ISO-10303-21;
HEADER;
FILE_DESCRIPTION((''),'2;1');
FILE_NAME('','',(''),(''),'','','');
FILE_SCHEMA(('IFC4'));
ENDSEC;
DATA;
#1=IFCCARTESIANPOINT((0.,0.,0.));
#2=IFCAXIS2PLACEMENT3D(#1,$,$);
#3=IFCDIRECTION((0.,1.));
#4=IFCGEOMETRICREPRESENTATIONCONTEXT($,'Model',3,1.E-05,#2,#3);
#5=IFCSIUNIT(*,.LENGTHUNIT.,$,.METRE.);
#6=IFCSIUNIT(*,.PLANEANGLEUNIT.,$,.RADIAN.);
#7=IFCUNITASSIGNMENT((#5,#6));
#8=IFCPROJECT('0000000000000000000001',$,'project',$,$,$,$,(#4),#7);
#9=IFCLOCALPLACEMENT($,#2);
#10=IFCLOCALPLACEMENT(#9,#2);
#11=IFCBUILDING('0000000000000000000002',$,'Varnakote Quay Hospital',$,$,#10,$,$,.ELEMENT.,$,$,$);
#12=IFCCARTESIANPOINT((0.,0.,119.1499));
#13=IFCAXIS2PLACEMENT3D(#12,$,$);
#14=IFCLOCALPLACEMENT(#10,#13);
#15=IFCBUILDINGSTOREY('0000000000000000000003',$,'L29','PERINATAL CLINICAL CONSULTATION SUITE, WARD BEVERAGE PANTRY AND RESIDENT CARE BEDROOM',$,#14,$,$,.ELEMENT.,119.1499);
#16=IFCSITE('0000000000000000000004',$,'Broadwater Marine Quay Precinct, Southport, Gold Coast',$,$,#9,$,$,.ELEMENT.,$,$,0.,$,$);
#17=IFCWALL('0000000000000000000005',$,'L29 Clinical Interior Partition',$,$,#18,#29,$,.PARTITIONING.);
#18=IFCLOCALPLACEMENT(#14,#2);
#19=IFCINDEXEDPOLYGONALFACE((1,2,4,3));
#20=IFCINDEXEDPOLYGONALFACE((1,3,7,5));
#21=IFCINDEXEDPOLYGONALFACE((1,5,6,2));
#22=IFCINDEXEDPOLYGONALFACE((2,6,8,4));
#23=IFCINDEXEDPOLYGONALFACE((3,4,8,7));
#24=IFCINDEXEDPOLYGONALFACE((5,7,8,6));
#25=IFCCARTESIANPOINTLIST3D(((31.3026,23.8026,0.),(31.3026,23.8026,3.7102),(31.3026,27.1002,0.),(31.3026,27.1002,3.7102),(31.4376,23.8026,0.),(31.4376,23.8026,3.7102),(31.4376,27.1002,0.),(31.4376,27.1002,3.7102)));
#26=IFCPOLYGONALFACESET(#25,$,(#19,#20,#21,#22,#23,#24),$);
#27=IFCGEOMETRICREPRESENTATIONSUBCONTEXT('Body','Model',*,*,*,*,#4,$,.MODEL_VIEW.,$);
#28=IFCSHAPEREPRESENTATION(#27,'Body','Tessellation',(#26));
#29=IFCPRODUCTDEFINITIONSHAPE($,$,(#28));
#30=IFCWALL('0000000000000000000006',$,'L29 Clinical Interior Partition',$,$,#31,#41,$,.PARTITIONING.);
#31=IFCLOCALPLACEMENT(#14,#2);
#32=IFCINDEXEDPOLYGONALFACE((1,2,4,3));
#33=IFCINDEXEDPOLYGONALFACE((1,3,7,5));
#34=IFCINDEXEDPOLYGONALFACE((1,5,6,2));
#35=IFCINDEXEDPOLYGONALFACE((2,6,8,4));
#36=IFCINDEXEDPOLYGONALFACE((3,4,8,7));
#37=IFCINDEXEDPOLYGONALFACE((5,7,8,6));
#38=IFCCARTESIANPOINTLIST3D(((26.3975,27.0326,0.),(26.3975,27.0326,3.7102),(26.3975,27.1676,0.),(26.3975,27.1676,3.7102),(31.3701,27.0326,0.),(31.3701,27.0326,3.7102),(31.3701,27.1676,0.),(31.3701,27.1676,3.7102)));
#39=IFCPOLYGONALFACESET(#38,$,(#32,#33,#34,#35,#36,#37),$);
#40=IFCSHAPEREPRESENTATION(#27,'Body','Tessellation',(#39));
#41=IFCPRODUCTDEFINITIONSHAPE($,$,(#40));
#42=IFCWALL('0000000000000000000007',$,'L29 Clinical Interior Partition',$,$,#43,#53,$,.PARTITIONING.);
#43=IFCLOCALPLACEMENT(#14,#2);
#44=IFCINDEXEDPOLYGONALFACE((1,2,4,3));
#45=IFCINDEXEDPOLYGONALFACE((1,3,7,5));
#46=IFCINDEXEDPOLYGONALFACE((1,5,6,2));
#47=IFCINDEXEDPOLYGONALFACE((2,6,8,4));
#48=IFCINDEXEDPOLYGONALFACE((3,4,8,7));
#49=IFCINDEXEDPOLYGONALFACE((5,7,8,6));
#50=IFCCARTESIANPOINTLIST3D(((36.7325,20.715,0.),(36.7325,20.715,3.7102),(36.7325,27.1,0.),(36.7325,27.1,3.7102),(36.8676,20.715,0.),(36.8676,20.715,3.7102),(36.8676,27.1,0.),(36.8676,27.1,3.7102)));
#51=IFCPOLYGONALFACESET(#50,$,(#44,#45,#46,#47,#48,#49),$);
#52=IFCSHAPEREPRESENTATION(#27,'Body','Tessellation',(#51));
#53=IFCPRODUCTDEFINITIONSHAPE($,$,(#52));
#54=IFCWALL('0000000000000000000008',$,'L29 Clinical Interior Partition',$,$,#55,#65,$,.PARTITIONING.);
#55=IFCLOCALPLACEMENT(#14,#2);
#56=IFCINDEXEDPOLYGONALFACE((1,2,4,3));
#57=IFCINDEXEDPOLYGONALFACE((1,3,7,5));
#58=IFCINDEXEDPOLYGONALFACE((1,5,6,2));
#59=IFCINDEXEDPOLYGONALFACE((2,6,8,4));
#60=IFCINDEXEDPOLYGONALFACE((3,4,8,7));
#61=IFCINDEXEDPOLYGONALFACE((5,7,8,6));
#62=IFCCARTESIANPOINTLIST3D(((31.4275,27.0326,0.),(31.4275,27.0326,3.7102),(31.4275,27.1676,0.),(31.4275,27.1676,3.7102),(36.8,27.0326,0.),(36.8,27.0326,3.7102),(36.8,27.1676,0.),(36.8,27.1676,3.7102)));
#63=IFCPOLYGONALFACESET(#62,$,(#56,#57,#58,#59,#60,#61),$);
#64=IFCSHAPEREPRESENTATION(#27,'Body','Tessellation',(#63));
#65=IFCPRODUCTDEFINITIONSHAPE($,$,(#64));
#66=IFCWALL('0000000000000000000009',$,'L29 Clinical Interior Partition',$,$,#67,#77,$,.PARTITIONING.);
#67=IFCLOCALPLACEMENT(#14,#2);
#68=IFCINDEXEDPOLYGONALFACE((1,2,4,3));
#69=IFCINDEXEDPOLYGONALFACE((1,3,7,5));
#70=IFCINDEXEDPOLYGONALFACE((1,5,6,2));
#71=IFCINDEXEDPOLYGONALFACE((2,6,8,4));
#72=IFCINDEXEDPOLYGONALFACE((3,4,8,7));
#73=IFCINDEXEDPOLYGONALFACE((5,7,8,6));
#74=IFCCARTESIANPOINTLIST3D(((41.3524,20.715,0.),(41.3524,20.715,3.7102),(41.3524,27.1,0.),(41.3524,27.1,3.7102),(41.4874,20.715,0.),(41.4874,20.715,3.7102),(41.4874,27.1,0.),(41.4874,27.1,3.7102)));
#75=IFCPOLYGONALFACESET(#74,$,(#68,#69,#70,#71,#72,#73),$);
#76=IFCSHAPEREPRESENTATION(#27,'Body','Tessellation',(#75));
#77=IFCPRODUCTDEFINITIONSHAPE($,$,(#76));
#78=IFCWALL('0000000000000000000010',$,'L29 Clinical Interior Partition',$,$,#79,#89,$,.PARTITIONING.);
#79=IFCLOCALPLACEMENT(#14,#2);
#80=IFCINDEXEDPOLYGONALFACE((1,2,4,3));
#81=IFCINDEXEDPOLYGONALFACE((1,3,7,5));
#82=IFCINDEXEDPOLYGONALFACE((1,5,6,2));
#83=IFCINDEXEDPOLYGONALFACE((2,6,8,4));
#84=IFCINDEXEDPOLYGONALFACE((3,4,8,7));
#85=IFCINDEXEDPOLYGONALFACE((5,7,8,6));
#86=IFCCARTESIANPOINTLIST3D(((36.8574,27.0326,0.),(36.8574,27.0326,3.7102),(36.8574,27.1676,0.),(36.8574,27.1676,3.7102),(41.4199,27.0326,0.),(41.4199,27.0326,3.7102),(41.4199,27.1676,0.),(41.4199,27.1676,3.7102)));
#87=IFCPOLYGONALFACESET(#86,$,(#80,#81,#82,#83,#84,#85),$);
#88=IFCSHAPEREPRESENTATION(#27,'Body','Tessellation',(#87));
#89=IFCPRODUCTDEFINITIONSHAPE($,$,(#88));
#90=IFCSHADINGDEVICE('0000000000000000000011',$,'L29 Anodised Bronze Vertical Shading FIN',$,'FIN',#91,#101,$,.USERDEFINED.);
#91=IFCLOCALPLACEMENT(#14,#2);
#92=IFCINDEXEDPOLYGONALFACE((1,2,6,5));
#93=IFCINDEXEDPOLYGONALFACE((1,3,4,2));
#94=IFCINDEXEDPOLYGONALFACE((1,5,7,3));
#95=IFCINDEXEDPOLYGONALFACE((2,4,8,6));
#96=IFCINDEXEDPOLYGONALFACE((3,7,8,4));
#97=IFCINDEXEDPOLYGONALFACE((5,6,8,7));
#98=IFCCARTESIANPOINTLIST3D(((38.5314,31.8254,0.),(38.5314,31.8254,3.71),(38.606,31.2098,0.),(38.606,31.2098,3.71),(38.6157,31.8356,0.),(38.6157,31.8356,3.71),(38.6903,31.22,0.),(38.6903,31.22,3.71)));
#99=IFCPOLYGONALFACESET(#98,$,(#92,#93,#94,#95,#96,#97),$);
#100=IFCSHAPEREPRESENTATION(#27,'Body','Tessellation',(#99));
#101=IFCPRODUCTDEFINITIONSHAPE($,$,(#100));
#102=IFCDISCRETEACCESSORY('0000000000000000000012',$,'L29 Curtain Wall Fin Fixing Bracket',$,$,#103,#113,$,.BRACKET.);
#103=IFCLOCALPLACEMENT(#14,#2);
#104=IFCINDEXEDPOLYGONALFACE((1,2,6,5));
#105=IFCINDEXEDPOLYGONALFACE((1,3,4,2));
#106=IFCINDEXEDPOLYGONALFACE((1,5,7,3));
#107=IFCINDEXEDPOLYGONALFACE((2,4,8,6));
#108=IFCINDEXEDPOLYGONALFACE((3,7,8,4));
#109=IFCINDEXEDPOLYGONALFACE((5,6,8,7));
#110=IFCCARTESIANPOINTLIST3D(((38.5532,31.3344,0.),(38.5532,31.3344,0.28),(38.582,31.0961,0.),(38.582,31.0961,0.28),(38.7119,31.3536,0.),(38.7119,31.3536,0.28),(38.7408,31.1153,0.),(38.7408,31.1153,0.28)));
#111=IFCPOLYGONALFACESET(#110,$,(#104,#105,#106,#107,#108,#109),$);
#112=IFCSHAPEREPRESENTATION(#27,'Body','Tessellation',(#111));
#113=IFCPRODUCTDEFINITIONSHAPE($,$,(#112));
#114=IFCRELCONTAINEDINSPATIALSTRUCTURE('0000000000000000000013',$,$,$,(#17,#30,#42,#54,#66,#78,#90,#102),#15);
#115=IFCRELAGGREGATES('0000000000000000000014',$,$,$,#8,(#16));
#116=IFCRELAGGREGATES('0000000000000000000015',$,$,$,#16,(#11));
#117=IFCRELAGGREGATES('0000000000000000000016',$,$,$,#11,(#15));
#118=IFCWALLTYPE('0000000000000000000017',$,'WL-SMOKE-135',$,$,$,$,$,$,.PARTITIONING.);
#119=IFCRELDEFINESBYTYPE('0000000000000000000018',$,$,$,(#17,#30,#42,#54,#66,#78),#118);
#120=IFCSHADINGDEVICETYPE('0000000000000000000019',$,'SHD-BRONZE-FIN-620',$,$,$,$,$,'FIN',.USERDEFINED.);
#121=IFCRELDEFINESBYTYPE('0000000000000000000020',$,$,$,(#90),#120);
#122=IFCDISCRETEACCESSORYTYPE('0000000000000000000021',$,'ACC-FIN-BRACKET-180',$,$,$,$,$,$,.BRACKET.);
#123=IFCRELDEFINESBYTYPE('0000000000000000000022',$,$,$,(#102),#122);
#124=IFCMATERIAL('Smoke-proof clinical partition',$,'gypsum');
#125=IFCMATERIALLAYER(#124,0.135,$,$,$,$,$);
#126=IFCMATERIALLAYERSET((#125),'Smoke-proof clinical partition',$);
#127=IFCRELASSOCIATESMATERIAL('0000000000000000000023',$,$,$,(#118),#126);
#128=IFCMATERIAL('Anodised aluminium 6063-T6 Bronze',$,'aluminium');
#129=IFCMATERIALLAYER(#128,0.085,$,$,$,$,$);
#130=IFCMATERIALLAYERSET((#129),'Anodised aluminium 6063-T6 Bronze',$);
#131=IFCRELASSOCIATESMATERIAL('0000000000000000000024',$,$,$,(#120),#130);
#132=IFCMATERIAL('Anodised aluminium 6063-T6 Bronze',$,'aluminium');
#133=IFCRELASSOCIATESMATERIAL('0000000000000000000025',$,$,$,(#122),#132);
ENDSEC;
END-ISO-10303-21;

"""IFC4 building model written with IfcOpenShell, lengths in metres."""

from ifc_helpers import new_model, si_unit, direction, frame, frame_2d, origin, origin_2d, place, context, subcontext, project, spatial, rectangle, extrude, material, layer, layer_set, type_object, element, save


model = new_model("IFC4")

# Units and contexts
model_context = context("Model", 3, precision=1e-05, world=origin(), true_north=direction((0.0, 1.0)))
body_context = subcontext(model_context, "Body", "Model", "MODEL_VIEW")
ifc_project = project(units=[si_unit("LENGTHUNIT", "METRE"), si_unit("PLANEANGLEUNIT", "RADIAN")], contexts=[model_context])

# Site, building, storey
site_placement = place(None, origin())
site = spatial("IfcSite", under=ifc_project, at=site_placement, Name="Broadwater Marine Quay Precinct, Southport, Gold Coast", CompositionType="ELEMENT", RefElevation=0.0)
building_placement = place(site_placement, origin())
building = spatial("IfcBuilding", under=site, at=building_placement, Name="Varnakote Quay Hospital", CompositionType="ELEMENT")
storey_placement = place(building_placement, frame((0.0, 0.0, 119.1499)))
storey = spatial("IfcBuildingStorey", under=building, at=storey_placement, Name="L29", Description="PERINATAL CLINICAL CONSULTATION SUITE, WARD BEVERAGE PANTRY AND RESIDENT CARE BEDROOM", CompositionType="ELEMENT", Elevation=119.1499)

# Walls
ifc_material_1 = material(Name="Smoke-proof clinical partition", Category="gypsum")
ifc_layer_1 = layer(ifc_material_1, 0.135)
ifc_layer_set_1 = layer_set([ifc_layer_1], Name="Smoke-proof clinical partition")
wall_type_1 = type_object("IfcWallType", Name="WL-SMOKE-135", PredefinedType="PARTITIONING", material=ifc_layer_set_1)
wall_1_placement = place(storey_placement, frame((31.3701, 23.8025, 0.0), z_axis=(0.0, 0.0, 1.0), x_axis=(0.0, 1.0, 0.0)))
element("IfcWall", 1, at=wall_1_placement, inside=storey, type_object=wall_type_1, Name="L29 Clinical Interior Partition", PredefinedType="PARTITIONING", context=body_context, shape_type="SweptSolid", body=[
    extrude(rectangle(XDim=3.2976, YDim=0.135, at=frame_2d((1.6489, 0.0))), origin(), (0.0, 0.0, 1.0), 3.7102),
])
wall_2_placement = place(storey_placement, frame((31.3701, 27.1001, 0.0), z_axis=(0.0, 0.0, 1.0), x_axis=(-1.0, 0.0, 0.0)))
element("IfcWall", 2, at=wall_2_placement, inside=storey, type_object=wall_type_1, Name="L29 Clinical Interior Partition", PredefinedType="PARTITIONING", context=body_context, shape_type="SweptSolid", body=[
    extrude(rectangle(XDim=4.9727, YDim=0.135, at=frame_2d((2.4863, 0.0))), origin(), (0.0, 0.0, 1.0), 3.7102),
])
wall_3_placement = place(storey_placement, frame((36.8, 20.7151, 0.0), z_axis=(0.0, 0.0, 1.0), x_axis=(0.0, 1.0, 0.0)))
element("IfcWall", 3, at=wall_3_placement, inside=storey, type_object=wall_type_1, Name="L29 Clinical Interior Partition", PredefinedType="PARTITIONING", context=body_context, shape_type="SweptSolid", body=[
    extrude(rectangle(XDim=6.385, YDim=0.135, at=frame_2d((3.1924, 0.0))), origin(), (0.0, 0.0, 1.0), 3.7102),
])
wall_4_placement = place(storey_placement, frame((36.8, 27.1001, 0.0), z_axis=(0.0, 0.0, 1.0), x_axis=(-1.0, 0.0, 0.0)))
element("IfcWall", 4, at=wall_4_placement, inside=storey, type_object=wall_type_1, Name="L29 Clinical Interior Partition", PredefinedType="PARTITIONING", context=body_context, shape_type="SweptSolid", body=[
    extrude(rectangle(XDim=5.3726, YDim=0.135, at=frame_2d((2.6863, 0.0))), origin(), (0.0, 0.0, 1.0), 3.7102),
])
wall_5_placement = place(storey_placement, frame((41.4199, 20.7151, 0.0), z_axis=(0.0, 0.0, 1.0), x_axis=(0.0, 1.0, 0.0)))
element("IfcWall", 5, at=wall_5_placement, inside=storey, type_object=wall_type_1, Name="L29 Clinical Interior Partition", PredefinedType="PARTITIONING", context=body_context, shape_type="SweptSolid", body=[
    extrude(rectangle(XDim=6.385, YDim=0.135, at=frame_2d((3.1924, 0.0))), origin(), (0.0, 0.0, 1.0), 3.7102),
])
wall_6_placement = place(storey_placement, frame((41.4199, 27.1001, 0.0), z_axis=(0.0, 0.0, 1.0), x_axis=(-1.0, 0.0, 0.0)))
element("IfcWall", 6, at=wall_6_placement, inside=storey, type_object=wall_type_1, Name="L29 Clinical Interior Partition", PredefinedType="PARTITIONING", context=body_context, shape_type="SweptSolid", body=[
    extrude(rectangle(XDim=4.5625, YDim=0.135, at=frame_2d((2.2812, 0.0))), origin(), (0.0, 0.0, 1.0), 3.7102),
])

# Shading device
ifc_material_2 = material(Name="Anodised aluminium 6063-T6 Bronze", Category="aluminium")
ifc_layer_2 = layer(ifc_material_2, 0.085)
ifc_layer_set_2 = layer_set([ifc_layer_2], Name="Anodised aluminium 6063-T6 Bronze")
shading_device_type = type_object("IfcShadingDeviceType", Name="SHD-BRONZE-FIN-620", ElementType="FIN", PredefinedType="USERDEFINED", material=ifc_layer_set_2)
shading_device_placement = place(storey_placement, frame((38.6108, 31.5227, 0.0), z_axis=(0.0, 0.0, 1.0), x_axis=(0.12031, -0.992736, 0.0)))
element("IfcShadingDevice", 7, at=shading_device_placement, inside=storey, type_object=shading_device_type, Name="L29 Anodised Bronze Vertical Shading FIN", ObjectType="FIN", PredefinedType="USERDEFINED", context=body_context, shape_type="SweptSolid", body=[
    extrude(rectangle(XDim=0.6201, YDim=0.085, at=origin_2d()), origin(), (0.0, 0.0, 1.0), 3.71),
])

# Discrete accessory
ifc_material_3 = material(Name="Anodised aluminium 6063-T6 Bronze", Category="aluminium")
discrete_accessory_type = type_object("IfcDiscreteAccessoryType", Name="ACC-FIN-BRACKET-180", PredefinedType="BRACKET", material=ifc_material_3)
discrete_accessory_placement = place(storey_placement, frame((38.647, 31.2249, 0.0), z_axis=(0.0, 0.0, 1.0), x_axis=(-0.992736, -0.12031, 0.0)))
element("IfcDiscreteAccessory", 8, at=discrete_accessory_placement, inside=storey, type_object=discrete_accessory_type, Name="L29 Curtain Wall Fin Fixing Bracket", PredefinedType="BRACKET", context=body_context, shape_type="SweptSolid", body=[
    extrude(rectangle(XDim=0.1599, YDim=0.24, at=origin_2d()), origin(), (0.0, 0.0, 1.0), 0.28),
])

save(model, "model.ifc")
